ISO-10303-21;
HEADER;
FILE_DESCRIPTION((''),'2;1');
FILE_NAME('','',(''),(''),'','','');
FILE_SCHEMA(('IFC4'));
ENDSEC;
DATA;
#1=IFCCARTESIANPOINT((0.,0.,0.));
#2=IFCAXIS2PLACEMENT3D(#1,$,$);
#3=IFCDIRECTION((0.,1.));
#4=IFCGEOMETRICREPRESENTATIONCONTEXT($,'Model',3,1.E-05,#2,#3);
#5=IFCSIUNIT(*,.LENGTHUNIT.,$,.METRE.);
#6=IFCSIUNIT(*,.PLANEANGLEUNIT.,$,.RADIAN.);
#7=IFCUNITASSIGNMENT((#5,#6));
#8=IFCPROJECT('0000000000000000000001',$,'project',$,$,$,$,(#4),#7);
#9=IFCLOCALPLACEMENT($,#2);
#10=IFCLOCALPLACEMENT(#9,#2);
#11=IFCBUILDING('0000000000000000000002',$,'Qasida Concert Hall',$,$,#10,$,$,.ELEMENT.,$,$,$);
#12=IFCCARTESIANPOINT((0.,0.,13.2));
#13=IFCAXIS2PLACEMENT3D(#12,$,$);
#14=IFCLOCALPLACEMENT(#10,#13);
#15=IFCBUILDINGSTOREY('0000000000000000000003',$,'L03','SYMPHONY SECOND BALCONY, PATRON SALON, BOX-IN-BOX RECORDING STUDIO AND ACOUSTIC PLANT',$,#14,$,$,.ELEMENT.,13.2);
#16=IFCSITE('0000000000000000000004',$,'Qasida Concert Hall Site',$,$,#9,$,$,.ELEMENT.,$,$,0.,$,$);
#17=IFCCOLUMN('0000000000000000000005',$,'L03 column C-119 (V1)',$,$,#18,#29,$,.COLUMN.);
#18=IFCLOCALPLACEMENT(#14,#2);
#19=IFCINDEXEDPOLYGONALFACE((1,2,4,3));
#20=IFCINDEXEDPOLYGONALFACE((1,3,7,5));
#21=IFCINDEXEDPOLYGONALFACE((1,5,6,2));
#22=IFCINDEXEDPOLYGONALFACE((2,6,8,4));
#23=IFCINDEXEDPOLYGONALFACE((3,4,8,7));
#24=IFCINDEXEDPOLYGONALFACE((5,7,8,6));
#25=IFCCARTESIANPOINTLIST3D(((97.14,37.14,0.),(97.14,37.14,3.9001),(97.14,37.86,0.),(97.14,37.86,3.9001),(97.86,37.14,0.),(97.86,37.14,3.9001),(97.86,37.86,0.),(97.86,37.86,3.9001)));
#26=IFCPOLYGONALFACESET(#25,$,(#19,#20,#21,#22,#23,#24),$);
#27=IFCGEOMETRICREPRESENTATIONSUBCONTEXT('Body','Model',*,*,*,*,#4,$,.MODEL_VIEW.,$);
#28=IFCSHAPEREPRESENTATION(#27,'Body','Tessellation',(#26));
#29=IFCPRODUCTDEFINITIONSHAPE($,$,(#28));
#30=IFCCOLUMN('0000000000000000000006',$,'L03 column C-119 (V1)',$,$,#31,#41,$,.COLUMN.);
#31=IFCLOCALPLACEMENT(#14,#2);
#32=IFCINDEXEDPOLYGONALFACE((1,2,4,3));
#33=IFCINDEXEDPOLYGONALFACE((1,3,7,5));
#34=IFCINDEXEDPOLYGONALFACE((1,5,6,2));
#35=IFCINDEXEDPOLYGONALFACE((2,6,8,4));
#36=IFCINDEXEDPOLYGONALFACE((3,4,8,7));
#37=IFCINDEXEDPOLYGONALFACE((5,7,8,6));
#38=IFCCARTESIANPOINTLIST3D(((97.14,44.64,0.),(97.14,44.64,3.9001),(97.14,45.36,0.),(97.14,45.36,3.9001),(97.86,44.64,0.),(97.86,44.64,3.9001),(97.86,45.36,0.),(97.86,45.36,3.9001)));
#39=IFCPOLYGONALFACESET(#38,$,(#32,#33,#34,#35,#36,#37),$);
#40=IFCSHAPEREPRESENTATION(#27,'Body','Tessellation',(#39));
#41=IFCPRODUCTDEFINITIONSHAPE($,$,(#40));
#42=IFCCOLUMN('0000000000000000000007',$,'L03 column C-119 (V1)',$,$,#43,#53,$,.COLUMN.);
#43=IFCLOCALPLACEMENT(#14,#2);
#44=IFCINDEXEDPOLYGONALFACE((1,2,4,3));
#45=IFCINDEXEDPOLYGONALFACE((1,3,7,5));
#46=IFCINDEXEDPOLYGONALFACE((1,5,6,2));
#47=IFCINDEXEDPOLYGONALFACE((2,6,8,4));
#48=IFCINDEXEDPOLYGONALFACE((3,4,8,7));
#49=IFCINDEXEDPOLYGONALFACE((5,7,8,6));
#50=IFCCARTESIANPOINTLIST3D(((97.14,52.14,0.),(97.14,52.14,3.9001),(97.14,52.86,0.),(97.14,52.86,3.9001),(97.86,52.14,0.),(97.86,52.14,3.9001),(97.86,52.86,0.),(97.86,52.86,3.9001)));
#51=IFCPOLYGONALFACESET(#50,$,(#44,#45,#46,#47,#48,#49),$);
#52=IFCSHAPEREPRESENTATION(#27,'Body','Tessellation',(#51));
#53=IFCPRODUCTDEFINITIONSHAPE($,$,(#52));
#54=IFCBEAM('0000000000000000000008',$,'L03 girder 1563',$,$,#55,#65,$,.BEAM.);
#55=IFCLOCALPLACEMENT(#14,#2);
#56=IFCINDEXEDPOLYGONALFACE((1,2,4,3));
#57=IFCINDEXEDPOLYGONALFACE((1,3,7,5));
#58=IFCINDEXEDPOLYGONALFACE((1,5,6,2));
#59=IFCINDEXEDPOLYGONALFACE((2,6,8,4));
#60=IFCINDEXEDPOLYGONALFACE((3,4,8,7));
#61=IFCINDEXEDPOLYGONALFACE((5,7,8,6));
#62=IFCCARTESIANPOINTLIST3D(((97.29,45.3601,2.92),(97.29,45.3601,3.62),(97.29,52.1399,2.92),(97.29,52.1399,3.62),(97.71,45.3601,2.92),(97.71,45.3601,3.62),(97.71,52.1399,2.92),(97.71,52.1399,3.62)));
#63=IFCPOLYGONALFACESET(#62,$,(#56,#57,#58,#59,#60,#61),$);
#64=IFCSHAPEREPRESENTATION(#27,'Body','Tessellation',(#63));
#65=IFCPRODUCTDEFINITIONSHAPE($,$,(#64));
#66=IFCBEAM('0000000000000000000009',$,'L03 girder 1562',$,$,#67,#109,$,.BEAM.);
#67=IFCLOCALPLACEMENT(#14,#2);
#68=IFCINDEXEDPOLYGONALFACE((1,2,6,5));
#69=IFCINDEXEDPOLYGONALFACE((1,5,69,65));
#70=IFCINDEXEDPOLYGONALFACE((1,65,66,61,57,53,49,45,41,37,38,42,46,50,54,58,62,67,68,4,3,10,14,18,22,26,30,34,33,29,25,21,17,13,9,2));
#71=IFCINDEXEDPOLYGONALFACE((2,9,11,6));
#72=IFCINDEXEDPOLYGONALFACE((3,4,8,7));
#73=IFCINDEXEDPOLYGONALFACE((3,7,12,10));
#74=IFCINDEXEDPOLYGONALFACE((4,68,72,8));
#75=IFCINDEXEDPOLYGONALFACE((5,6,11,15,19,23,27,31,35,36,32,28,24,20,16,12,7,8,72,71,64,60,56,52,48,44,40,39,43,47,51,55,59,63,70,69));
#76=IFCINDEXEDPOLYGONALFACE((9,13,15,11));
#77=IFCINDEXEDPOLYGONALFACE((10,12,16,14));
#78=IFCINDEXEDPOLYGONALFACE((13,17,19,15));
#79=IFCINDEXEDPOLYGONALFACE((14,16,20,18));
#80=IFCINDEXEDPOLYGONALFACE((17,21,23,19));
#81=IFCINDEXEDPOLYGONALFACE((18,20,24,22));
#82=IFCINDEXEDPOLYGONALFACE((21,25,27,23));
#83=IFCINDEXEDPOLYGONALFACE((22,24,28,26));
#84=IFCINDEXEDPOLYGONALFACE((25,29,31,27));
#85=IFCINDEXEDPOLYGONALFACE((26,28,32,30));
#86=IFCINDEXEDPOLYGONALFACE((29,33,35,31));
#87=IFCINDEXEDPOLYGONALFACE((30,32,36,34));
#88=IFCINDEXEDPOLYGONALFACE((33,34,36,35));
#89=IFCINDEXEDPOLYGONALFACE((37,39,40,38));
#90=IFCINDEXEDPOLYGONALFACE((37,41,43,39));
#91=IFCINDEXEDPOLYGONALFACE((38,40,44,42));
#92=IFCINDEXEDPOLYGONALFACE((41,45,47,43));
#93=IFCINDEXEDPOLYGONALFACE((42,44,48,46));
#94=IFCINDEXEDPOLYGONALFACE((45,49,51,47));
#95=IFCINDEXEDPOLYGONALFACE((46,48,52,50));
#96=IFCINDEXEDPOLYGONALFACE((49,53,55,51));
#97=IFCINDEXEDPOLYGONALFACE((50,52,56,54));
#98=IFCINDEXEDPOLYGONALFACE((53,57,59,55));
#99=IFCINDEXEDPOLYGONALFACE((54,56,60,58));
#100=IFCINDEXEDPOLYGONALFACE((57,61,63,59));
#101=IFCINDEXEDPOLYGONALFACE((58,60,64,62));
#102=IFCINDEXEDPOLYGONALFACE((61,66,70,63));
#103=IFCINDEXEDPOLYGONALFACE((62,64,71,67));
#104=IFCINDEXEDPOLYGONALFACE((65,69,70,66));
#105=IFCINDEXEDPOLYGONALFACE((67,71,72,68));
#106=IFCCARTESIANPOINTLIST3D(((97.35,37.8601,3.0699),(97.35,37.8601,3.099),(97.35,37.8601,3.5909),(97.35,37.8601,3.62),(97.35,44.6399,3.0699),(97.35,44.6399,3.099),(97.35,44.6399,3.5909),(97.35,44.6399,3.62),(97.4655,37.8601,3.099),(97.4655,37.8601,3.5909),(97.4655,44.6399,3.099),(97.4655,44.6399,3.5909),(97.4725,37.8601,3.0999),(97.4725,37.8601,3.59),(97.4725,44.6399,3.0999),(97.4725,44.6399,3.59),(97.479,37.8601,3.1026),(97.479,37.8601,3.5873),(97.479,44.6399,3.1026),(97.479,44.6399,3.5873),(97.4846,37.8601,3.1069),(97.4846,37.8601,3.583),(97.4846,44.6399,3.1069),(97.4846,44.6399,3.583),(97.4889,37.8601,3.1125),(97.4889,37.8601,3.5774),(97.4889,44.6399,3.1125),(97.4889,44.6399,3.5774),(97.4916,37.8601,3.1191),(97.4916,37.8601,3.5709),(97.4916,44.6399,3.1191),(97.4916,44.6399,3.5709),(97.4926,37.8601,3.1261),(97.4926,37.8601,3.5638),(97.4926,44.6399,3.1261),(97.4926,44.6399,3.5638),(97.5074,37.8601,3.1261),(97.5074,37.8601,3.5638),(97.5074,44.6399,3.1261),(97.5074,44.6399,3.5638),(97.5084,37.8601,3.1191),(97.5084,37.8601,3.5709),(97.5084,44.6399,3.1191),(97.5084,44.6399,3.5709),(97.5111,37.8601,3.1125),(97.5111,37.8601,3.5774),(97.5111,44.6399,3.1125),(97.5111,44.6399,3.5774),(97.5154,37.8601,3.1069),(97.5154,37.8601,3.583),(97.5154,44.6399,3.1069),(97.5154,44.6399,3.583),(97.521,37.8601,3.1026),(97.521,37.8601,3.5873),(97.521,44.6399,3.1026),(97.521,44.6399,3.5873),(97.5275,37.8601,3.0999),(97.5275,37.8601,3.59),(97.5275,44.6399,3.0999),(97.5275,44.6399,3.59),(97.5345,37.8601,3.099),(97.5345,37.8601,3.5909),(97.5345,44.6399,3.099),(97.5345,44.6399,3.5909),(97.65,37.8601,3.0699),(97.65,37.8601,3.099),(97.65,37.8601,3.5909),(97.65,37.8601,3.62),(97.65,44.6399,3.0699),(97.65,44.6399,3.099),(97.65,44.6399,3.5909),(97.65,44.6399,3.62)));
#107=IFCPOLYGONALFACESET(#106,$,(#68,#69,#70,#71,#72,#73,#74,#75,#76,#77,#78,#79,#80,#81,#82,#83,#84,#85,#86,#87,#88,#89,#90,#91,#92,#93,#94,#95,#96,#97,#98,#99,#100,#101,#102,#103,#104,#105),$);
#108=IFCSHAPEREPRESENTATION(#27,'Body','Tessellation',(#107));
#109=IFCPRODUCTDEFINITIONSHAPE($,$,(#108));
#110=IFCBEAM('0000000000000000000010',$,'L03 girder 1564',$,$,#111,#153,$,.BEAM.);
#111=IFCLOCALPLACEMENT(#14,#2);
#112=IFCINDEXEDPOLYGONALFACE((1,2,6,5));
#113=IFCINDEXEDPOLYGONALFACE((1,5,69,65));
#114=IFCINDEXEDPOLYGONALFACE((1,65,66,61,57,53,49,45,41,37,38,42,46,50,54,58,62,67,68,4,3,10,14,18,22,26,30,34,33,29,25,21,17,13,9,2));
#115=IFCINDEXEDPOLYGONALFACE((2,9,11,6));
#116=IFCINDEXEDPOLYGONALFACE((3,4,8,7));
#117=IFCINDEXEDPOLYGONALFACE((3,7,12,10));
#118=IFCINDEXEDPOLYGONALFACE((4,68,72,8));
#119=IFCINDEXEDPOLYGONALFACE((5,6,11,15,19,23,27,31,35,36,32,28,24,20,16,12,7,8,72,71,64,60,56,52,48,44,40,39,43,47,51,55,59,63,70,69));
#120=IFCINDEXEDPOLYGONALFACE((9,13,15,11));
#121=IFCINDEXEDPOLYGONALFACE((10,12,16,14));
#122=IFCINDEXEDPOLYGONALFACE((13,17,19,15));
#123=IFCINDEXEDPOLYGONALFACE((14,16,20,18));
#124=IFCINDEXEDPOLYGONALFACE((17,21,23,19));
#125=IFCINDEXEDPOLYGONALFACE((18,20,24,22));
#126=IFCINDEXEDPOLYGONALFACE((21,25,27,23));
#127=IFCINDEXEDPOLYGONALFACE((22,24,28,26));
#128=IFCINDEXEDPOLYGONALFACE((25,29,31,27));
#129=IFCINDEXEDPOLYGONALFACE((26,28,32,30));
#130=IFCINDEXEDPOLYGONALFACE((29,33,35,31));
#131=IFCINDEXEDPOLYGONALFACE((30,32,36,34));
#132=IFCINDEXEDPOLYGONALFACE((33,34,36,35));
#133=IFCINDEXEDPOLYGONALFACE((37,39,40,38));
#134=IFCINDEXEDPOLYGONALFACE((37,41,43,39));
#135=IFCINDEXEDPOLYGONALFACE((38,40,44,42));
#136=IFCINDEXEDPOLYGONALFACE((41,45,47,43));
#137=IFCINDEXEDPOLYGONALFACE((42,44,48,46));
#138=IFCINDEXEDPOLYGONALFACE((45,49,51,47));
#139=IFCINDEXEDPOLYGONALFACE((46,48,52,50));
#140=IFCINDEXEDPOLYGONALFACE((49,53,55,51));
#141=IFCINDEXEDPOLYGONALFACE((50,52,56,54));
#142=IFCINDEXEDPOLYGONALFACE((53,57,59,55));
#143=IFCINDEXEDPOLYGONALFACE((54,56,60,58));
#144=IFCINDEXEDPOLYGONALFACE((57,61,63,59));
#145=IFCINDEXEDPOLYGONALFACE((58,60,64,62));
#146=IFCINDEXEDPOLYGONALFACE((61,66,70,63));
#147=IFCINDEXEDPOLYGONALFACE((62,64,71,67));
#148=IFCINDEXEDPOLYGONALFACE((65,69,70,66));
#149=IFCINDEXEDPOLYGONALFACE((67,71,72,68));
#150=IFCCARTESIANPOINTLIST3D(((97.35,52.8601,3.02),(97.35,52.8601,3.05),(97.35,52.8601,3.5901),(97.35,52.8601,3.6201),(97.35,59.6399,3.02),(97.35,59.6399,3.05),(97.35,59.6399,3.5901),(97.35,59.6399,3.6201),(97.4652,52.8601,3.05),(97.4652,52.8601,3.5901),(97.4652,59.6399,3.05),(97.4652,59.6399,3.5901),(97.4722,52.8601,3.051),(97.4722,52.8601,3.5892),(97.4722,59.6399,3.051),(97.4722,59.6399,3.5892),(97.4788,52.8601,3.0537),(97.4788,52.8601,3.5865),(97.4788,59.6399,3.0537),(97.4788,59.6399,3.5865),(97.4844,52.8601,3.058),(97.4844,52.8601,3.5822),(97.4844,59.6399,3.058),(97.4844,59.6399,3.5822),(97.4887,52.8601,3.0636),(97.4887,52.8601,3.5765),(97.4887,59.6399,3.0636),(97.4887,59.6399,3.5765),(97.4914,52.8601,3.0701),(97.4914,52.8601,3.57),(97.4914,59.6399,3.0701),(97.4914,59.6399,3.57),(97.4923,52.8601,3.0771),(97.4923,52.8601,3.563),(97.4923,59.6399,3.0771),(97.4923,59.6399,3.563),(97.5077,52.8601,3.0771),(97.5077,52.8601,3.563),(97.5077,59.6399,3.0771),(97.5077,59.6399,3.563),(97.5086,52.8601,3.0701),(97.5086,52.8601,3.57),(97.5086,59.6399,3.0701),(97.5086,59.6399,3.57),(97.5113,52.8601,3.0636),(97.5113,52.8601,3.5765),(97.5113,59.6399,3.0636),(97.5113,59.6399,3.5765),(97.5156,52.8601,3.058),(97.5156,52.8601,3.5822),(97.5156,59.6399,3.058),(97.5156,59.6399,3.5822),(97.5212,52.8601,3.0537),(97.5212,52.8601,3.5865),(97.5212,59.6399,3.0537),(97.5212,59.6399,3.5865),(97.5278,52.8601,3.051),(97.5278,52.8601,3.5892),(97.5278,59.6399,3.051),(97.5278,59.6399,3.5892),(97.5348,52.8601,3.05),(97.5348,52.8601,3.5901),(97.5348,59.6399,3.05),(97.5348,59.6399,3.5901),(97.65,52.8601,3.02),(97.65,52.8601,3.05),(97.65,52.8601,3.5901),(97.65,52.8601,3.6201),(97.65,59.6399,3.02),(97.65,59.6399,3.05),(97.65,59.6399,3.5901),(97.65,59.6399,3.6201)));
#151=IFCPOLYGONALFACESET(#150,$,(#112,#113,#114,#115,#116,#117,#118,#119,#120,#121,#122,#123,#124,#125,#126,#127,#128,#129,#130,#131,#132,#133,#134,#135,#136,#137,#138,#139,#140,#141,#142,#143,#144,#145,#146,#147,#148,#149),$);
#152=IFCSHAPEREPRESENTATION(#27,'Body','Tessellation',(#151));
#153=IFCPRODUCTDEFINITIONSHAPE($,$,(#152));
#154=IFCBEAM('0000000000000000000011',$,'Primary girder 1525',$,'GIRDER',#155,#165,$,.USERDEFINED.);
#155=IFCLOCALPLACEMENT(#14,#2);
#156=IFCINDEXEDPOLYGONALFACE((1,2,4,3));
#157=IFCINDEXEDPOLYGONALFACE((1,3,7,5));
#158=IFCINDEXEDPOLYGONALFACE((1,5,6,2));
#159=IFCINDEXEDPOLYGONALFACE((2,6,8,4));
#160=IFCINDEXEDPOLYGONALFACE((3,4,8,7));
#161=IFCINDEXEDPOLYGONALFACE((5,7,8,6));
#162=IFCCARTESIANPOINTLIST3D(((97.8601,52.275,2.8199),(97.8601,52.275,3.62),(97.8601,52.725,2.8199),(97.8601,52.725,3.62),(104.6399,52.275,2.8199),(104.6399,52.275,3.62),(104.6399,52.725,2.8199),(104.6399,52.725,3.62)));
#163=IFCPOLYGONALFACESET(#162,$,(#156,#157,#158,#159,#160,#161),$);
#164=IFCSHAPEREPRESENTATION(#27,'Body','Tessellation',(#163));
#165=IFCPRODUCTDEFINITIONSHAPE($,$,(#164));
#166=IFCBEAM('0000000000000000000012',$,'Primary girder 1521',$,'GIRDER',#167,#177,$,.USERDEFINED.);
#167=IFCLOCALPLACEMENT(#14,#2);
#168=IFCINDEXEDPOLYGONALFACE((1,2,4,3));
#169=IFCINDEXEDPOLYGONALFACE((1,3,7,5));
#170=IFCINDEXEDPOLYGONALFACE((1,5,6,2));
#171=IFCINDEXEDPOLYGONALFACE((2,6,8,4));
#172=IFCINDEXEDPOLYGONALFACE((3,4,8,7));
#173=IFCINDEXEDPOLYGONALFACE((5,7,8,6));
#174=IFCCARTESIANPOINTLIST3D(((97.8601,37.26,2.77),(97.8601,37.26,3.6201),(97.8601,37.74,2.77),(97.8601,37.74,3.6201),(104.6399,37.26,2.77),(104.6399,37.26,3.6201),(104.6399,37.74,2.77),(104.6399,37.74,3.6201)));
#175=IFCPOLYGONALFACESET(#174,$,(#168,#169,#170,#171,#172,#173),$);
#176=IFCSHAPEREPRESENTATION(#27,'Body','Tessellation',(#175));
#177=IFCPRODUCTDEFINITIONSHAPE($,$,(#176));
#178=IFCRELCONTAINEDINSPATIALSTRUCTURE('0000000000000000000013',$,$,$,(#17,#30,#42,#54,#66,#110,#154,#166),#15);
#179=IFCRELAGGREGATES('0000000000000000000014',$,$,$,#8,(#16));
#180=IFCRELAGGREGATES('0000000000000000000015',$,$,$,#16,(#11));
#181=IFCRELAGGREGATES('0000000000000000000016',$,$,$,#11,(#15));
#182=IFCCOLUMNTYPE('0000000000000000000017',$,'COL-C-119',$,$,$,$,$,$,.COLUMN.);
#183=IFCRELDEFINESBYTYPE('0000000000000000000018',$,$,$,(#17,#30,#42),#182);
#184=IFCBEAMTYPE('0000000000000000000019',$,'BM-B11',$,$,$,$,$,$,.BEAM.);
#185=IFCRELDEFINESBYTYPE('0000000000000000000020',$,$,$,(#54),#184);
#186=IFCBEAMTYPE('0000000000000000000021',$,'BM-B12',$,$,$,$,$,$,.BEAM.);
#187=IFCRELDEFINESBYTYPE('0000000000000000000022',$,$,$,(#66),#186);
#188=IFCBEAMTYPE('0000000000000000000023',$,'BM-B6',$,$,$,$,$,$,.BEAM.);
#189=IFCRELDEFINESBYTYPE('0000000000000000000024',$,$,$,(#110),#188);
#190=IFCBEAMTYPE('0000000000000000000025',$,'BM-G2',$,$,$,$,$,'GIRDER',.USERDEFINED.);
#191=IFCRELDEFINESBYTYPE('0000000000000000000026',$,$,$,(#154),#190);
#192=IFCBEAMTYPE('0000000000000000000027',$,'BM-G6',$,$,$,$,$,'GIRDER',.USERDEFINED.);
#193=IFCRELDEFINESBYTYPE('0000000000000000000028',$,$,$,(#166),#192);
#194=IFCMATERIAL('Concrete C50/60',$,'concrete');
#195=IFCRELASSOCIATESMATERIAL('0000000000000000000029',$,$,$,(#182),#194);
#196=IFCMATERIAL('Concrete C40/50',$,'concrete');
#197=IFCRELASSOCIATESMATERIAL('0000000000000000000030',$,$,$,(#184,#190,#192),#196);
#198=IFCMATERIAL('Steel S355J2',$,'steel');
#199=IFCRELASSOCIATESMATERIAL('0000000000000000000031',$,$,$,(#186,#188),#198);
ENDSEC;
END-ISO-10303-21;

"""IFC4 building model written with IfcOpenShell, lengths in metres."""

from ifc_helpers import new_model, si_unit, direction, frame, origin, origin_2d, place, context, subcontext, project, spatial, rectangle, i_section, extrude, material, material_profile, profile_set, type_object, element, save


model = new_model("IFC4")

# Units and contexts
model_context = context("Model", 3, precision=1e-05, world=origin(), true_north=direction((0.0, 1.0)))
body_context = subcontext(model_context, "Body", "Model", "MODEL_VIEW")
ifc_project = project(units=[si_unit("LENGTHUNIT", "METRE"), si_unit("PLANEANGLEUNIT", "RADIAN")], contexts=[model_context])

# Site, building, storey
site_placement = place(None, origin())
site = spatial("IfcSite", under=ifc_project, at=site_placement, Name="Qasida Concert Hall Site", CompositionType="ELEMENT", RefElevation=0.0)
building_placement = place(site_placement, origin())
building = spatial("IfcBuilding", under=site, at=building_placement, Name="Qasida Concert Hall", CompositionType="ELEMENT")
storey_placement = place(building_placement, frame((0.0, 0.0, 13.2)))
storey = spatial("IfcBuildingStorey", under=building, at=storey_placement, Name="L03", Description="SYMPHONY SECOND BALCONY, PATRON SALON, BOX-IN-BOX RECORDING STUDIO AND ACOUSTIC PLANT", CompositionType="ELEMENT", Elevation=13.2)

# Columns
ifc_material_1 = material(Name="Concrete C50/60", Category="concrete")
ifc_material_profile_1 = material_profile(ifc_material_1, rectangle(XDim=0.72, YDim=0.72, at=origin_2d()), Name="RC 720x720")
ifc_profile_set_1 = profile_set([ifc_material_profile_1], Name="Concrete C50/60")
column_type = type_object("IfcColumnType", Name="COL-C-119", PredefinedType="COLUMN", material=ifc_profile_set_1)
for number, where, z_axis, x_axis, name in (
    (1, (97.5, 37.5, 0.0), (0.0, 0.0, 1.0), (1.0, 0.0, 0.0), "L03 column C-119 (V1)"),
    (2, (97.5, 45.0, 0.0), (0.0, 0.0, 1.0), (1.0, 0.0, 0.0), "L03 column C-119 (V1)"),
    (3, (97.5, 52.5, 0.0), (0.0, 0.0, 1.0), (1.0, 0.0, 0.0), "L03 column C-119 (V1)"),
):
    element("IfcColumn", number, at=place(storey_placement, frame(where, z_axis=z_axis, x_axis=x_axis)), inside=storey, type_object=column_type, Name=name, PredefinedType="COLUMN", context=body_context, shape_type="SweptSolid", body=[
        extrude(rectangle(XDim=0.72, YDim=0.72, at=origin_2d()), origin(), (0.0, 0.0, 1.0), 3.9001),
    ])

# Beams
ifc_material_2 = material(Name="Concrete C40/50", Category="concrete")
ifc_material_profile_2 = material_profile(ifc_material_2, rectangle(XDim=0.4199, YDim=0.7, at=origin_2d()), Name="RC 420x700")
ifc_profile_set_2 = profile_set([ifc_material_profile_2], Name="Concrete C40/50")
beam_type_1 = type_object("IfcBeamType", Name="BM-B11", PredefinedType="BEAM", material=ifc_profile_set_2)
beam_1_placement = place(storey_placement, frame((97.5, 45.3601, 3.27), z_axis=(0.0, 1.0, 0.0), x_axis=(-1.0, 0.0, 0.0)))
element("IfcBeam", 4, at=beam_1_placement, inside=storey, type_object=beam_type_1, Name="L03 girder 1563", PredefinedType="BEAM", context=body_context, shape_type="SweptSolid", body=[
    extrude(rectangle(XDim=0.4199, YDim=0.7, at=origin_2d()), origin(), (0.0, 0.0, 1.0), 6.7798),
])
ifc_material_3 = material(Name="Steel S355J2", Category="steel")
ifc_material_profile_3 = material_profile(ifc_material_3, i_section(OverallWidth=0.3, OverallDepth=0.55, WebThickness=0.0149, FlangeThickness=0.0291, FilletRadius=0.0271, at=origin_2d()), Name="HEB 550")
ifc_profile_set_3 = profile_set([ifc_material_profile_3], Name="Steel S355J2")
beam_type_2 = type_object("IfcBeamType", Name="BM-B12", PredefinedType="BEAM", material=ifc_profile_set_3)
beam_2_placement = place(storey_placement, frame((97.5, 37.8601, 3.345), z_axis=(0.0, 1.0, 0.0), x_axis=(-1.0, 0.0, 0.0)))
element("IfcBeam", 5, at=beam_2_placement, inside=storey, type_object=beam_type_2, Name="L03 girder 1562", PredefinedType="BEAM", context=body_context, shape_type="SweptSolid", body=[
    extrude(i_section(OverallWidth=0.3, OverallDepth=0.55, WebThickness=0.0149, FlangeThickness=0.0291, FilletRadius=0.0271, at=origin_2d()), origin(), (0.0, 0.0, 1.0), 6.7798),
])
ifc_material_profile_4 = material_profile(ifc_material_3, i_section(OverallWidth=0.3, OverallDepth=0.6001, WebThickness=0.0154, FlangeThickness=0.03, FilletRadius=0.0271, at=origin_2d()), Name="HEB 600")
ifc_profile_set_4 = profile_set([ifc_material_profile_4], Name="Steel S355J2")
beam_type_3 = type_object("IfcBeamType", Name="BM-B6", PredefinedType="BEAM", material=ifc_profile_set_4)
beam_3_placement = place(storey_placement, frame((97.5, 52.8601, 3.3201), z_axis=(0.0, 1.0, 0.0), x_axis=(-1.0, 0.0, 0.0)))
element("IfcBeam", 6, at=beam_3_placement, inside=storey, type_object=beam_type_3, Name="L03 girder 1564", PredefinedType="BEAM", context=body_context, shape_type="SweptSolid", body=[
    extrude(i_section(OverallWidth=0.3, OverallDepth=0.6001, WebThickness=0.0154, FlangeThickness=0.03, FilletRadius=0.0271, at=origin_2d()), origin(), (0.0, 0.0, 1.0), 6.7798),
])
ifc_material_profile_5 = material_profile(ifc_material_2, rectangle(XDim=0.45, YDim=0.8, at=origin_2d()), Name="RC 450x800")
ifc_profile_set_5 = profile_set([ifc_material_profile_5], Name="Concrete C40/50")
beam_type_4 = type_object("IfcBeamType", Name="BM-G2", ElementType="GIRDER", PredefinedType="USERDEFINED", material=ifc_profile_set_5)
beam_4_placement = place(storey_placement, frame((97.8601, 52.5, 3.22), z_axis=(1.0, 0.0, 0.0), x_axis=(0.0, 1.0, 0.0)))
element("IfcBeam", 7, at=beam_4_placement, inside=storey, type_object=beam_type_4, Name="Primary girder 1525", ObjectType="GIRDER", PredefinedType="USERDEFINED", context=body_context, shape_type="SweptSolid", body=[
    extrude(rectangle(XDim=0.45, YDim=0.8, at=origin_2d()), origin(), (0.0, 0.0, 1.0), 6.7798),
])
ifc_material_profile_6 = material_profile(ifc_material_2, rectangle(XDim=0.48, YDim=0.8501, at=origin_2d()), Name="RC 480x850")
ifc_profile_set_6 = profile_set([ifc_material_profile_6], Name="Concrete C40/50")
beam_type_5 = type_object("IfcBeamType", Name="BM-G6", ElementType="GIRDER", PredefinedType="USERDEFINED", material=ifc_profile_set_6)
beam_5_placement = place(storey_placement, frame((97.8601, 37.5, 3.1951), z_axis=(1.0, 0.0, 0.0), x_axis=(0.0, 1.0, 0.0)))
element("IfcBeam", 8, at=beam_5_placement, inside=storey, type_object=beam_type_5, Name="Primary girder 1521", ObjectType="GIRDER", PredefinedType="USERDEFINED", context=body_context, shape_type="SweptSolid", body=[
    extrude(rectangle(XDim=0.48, YDim=0.8501, at=origin_2d()), origin(), (0.0, 0.0, 1.0), 6.7798),
])

save(model, "model.ifc")
